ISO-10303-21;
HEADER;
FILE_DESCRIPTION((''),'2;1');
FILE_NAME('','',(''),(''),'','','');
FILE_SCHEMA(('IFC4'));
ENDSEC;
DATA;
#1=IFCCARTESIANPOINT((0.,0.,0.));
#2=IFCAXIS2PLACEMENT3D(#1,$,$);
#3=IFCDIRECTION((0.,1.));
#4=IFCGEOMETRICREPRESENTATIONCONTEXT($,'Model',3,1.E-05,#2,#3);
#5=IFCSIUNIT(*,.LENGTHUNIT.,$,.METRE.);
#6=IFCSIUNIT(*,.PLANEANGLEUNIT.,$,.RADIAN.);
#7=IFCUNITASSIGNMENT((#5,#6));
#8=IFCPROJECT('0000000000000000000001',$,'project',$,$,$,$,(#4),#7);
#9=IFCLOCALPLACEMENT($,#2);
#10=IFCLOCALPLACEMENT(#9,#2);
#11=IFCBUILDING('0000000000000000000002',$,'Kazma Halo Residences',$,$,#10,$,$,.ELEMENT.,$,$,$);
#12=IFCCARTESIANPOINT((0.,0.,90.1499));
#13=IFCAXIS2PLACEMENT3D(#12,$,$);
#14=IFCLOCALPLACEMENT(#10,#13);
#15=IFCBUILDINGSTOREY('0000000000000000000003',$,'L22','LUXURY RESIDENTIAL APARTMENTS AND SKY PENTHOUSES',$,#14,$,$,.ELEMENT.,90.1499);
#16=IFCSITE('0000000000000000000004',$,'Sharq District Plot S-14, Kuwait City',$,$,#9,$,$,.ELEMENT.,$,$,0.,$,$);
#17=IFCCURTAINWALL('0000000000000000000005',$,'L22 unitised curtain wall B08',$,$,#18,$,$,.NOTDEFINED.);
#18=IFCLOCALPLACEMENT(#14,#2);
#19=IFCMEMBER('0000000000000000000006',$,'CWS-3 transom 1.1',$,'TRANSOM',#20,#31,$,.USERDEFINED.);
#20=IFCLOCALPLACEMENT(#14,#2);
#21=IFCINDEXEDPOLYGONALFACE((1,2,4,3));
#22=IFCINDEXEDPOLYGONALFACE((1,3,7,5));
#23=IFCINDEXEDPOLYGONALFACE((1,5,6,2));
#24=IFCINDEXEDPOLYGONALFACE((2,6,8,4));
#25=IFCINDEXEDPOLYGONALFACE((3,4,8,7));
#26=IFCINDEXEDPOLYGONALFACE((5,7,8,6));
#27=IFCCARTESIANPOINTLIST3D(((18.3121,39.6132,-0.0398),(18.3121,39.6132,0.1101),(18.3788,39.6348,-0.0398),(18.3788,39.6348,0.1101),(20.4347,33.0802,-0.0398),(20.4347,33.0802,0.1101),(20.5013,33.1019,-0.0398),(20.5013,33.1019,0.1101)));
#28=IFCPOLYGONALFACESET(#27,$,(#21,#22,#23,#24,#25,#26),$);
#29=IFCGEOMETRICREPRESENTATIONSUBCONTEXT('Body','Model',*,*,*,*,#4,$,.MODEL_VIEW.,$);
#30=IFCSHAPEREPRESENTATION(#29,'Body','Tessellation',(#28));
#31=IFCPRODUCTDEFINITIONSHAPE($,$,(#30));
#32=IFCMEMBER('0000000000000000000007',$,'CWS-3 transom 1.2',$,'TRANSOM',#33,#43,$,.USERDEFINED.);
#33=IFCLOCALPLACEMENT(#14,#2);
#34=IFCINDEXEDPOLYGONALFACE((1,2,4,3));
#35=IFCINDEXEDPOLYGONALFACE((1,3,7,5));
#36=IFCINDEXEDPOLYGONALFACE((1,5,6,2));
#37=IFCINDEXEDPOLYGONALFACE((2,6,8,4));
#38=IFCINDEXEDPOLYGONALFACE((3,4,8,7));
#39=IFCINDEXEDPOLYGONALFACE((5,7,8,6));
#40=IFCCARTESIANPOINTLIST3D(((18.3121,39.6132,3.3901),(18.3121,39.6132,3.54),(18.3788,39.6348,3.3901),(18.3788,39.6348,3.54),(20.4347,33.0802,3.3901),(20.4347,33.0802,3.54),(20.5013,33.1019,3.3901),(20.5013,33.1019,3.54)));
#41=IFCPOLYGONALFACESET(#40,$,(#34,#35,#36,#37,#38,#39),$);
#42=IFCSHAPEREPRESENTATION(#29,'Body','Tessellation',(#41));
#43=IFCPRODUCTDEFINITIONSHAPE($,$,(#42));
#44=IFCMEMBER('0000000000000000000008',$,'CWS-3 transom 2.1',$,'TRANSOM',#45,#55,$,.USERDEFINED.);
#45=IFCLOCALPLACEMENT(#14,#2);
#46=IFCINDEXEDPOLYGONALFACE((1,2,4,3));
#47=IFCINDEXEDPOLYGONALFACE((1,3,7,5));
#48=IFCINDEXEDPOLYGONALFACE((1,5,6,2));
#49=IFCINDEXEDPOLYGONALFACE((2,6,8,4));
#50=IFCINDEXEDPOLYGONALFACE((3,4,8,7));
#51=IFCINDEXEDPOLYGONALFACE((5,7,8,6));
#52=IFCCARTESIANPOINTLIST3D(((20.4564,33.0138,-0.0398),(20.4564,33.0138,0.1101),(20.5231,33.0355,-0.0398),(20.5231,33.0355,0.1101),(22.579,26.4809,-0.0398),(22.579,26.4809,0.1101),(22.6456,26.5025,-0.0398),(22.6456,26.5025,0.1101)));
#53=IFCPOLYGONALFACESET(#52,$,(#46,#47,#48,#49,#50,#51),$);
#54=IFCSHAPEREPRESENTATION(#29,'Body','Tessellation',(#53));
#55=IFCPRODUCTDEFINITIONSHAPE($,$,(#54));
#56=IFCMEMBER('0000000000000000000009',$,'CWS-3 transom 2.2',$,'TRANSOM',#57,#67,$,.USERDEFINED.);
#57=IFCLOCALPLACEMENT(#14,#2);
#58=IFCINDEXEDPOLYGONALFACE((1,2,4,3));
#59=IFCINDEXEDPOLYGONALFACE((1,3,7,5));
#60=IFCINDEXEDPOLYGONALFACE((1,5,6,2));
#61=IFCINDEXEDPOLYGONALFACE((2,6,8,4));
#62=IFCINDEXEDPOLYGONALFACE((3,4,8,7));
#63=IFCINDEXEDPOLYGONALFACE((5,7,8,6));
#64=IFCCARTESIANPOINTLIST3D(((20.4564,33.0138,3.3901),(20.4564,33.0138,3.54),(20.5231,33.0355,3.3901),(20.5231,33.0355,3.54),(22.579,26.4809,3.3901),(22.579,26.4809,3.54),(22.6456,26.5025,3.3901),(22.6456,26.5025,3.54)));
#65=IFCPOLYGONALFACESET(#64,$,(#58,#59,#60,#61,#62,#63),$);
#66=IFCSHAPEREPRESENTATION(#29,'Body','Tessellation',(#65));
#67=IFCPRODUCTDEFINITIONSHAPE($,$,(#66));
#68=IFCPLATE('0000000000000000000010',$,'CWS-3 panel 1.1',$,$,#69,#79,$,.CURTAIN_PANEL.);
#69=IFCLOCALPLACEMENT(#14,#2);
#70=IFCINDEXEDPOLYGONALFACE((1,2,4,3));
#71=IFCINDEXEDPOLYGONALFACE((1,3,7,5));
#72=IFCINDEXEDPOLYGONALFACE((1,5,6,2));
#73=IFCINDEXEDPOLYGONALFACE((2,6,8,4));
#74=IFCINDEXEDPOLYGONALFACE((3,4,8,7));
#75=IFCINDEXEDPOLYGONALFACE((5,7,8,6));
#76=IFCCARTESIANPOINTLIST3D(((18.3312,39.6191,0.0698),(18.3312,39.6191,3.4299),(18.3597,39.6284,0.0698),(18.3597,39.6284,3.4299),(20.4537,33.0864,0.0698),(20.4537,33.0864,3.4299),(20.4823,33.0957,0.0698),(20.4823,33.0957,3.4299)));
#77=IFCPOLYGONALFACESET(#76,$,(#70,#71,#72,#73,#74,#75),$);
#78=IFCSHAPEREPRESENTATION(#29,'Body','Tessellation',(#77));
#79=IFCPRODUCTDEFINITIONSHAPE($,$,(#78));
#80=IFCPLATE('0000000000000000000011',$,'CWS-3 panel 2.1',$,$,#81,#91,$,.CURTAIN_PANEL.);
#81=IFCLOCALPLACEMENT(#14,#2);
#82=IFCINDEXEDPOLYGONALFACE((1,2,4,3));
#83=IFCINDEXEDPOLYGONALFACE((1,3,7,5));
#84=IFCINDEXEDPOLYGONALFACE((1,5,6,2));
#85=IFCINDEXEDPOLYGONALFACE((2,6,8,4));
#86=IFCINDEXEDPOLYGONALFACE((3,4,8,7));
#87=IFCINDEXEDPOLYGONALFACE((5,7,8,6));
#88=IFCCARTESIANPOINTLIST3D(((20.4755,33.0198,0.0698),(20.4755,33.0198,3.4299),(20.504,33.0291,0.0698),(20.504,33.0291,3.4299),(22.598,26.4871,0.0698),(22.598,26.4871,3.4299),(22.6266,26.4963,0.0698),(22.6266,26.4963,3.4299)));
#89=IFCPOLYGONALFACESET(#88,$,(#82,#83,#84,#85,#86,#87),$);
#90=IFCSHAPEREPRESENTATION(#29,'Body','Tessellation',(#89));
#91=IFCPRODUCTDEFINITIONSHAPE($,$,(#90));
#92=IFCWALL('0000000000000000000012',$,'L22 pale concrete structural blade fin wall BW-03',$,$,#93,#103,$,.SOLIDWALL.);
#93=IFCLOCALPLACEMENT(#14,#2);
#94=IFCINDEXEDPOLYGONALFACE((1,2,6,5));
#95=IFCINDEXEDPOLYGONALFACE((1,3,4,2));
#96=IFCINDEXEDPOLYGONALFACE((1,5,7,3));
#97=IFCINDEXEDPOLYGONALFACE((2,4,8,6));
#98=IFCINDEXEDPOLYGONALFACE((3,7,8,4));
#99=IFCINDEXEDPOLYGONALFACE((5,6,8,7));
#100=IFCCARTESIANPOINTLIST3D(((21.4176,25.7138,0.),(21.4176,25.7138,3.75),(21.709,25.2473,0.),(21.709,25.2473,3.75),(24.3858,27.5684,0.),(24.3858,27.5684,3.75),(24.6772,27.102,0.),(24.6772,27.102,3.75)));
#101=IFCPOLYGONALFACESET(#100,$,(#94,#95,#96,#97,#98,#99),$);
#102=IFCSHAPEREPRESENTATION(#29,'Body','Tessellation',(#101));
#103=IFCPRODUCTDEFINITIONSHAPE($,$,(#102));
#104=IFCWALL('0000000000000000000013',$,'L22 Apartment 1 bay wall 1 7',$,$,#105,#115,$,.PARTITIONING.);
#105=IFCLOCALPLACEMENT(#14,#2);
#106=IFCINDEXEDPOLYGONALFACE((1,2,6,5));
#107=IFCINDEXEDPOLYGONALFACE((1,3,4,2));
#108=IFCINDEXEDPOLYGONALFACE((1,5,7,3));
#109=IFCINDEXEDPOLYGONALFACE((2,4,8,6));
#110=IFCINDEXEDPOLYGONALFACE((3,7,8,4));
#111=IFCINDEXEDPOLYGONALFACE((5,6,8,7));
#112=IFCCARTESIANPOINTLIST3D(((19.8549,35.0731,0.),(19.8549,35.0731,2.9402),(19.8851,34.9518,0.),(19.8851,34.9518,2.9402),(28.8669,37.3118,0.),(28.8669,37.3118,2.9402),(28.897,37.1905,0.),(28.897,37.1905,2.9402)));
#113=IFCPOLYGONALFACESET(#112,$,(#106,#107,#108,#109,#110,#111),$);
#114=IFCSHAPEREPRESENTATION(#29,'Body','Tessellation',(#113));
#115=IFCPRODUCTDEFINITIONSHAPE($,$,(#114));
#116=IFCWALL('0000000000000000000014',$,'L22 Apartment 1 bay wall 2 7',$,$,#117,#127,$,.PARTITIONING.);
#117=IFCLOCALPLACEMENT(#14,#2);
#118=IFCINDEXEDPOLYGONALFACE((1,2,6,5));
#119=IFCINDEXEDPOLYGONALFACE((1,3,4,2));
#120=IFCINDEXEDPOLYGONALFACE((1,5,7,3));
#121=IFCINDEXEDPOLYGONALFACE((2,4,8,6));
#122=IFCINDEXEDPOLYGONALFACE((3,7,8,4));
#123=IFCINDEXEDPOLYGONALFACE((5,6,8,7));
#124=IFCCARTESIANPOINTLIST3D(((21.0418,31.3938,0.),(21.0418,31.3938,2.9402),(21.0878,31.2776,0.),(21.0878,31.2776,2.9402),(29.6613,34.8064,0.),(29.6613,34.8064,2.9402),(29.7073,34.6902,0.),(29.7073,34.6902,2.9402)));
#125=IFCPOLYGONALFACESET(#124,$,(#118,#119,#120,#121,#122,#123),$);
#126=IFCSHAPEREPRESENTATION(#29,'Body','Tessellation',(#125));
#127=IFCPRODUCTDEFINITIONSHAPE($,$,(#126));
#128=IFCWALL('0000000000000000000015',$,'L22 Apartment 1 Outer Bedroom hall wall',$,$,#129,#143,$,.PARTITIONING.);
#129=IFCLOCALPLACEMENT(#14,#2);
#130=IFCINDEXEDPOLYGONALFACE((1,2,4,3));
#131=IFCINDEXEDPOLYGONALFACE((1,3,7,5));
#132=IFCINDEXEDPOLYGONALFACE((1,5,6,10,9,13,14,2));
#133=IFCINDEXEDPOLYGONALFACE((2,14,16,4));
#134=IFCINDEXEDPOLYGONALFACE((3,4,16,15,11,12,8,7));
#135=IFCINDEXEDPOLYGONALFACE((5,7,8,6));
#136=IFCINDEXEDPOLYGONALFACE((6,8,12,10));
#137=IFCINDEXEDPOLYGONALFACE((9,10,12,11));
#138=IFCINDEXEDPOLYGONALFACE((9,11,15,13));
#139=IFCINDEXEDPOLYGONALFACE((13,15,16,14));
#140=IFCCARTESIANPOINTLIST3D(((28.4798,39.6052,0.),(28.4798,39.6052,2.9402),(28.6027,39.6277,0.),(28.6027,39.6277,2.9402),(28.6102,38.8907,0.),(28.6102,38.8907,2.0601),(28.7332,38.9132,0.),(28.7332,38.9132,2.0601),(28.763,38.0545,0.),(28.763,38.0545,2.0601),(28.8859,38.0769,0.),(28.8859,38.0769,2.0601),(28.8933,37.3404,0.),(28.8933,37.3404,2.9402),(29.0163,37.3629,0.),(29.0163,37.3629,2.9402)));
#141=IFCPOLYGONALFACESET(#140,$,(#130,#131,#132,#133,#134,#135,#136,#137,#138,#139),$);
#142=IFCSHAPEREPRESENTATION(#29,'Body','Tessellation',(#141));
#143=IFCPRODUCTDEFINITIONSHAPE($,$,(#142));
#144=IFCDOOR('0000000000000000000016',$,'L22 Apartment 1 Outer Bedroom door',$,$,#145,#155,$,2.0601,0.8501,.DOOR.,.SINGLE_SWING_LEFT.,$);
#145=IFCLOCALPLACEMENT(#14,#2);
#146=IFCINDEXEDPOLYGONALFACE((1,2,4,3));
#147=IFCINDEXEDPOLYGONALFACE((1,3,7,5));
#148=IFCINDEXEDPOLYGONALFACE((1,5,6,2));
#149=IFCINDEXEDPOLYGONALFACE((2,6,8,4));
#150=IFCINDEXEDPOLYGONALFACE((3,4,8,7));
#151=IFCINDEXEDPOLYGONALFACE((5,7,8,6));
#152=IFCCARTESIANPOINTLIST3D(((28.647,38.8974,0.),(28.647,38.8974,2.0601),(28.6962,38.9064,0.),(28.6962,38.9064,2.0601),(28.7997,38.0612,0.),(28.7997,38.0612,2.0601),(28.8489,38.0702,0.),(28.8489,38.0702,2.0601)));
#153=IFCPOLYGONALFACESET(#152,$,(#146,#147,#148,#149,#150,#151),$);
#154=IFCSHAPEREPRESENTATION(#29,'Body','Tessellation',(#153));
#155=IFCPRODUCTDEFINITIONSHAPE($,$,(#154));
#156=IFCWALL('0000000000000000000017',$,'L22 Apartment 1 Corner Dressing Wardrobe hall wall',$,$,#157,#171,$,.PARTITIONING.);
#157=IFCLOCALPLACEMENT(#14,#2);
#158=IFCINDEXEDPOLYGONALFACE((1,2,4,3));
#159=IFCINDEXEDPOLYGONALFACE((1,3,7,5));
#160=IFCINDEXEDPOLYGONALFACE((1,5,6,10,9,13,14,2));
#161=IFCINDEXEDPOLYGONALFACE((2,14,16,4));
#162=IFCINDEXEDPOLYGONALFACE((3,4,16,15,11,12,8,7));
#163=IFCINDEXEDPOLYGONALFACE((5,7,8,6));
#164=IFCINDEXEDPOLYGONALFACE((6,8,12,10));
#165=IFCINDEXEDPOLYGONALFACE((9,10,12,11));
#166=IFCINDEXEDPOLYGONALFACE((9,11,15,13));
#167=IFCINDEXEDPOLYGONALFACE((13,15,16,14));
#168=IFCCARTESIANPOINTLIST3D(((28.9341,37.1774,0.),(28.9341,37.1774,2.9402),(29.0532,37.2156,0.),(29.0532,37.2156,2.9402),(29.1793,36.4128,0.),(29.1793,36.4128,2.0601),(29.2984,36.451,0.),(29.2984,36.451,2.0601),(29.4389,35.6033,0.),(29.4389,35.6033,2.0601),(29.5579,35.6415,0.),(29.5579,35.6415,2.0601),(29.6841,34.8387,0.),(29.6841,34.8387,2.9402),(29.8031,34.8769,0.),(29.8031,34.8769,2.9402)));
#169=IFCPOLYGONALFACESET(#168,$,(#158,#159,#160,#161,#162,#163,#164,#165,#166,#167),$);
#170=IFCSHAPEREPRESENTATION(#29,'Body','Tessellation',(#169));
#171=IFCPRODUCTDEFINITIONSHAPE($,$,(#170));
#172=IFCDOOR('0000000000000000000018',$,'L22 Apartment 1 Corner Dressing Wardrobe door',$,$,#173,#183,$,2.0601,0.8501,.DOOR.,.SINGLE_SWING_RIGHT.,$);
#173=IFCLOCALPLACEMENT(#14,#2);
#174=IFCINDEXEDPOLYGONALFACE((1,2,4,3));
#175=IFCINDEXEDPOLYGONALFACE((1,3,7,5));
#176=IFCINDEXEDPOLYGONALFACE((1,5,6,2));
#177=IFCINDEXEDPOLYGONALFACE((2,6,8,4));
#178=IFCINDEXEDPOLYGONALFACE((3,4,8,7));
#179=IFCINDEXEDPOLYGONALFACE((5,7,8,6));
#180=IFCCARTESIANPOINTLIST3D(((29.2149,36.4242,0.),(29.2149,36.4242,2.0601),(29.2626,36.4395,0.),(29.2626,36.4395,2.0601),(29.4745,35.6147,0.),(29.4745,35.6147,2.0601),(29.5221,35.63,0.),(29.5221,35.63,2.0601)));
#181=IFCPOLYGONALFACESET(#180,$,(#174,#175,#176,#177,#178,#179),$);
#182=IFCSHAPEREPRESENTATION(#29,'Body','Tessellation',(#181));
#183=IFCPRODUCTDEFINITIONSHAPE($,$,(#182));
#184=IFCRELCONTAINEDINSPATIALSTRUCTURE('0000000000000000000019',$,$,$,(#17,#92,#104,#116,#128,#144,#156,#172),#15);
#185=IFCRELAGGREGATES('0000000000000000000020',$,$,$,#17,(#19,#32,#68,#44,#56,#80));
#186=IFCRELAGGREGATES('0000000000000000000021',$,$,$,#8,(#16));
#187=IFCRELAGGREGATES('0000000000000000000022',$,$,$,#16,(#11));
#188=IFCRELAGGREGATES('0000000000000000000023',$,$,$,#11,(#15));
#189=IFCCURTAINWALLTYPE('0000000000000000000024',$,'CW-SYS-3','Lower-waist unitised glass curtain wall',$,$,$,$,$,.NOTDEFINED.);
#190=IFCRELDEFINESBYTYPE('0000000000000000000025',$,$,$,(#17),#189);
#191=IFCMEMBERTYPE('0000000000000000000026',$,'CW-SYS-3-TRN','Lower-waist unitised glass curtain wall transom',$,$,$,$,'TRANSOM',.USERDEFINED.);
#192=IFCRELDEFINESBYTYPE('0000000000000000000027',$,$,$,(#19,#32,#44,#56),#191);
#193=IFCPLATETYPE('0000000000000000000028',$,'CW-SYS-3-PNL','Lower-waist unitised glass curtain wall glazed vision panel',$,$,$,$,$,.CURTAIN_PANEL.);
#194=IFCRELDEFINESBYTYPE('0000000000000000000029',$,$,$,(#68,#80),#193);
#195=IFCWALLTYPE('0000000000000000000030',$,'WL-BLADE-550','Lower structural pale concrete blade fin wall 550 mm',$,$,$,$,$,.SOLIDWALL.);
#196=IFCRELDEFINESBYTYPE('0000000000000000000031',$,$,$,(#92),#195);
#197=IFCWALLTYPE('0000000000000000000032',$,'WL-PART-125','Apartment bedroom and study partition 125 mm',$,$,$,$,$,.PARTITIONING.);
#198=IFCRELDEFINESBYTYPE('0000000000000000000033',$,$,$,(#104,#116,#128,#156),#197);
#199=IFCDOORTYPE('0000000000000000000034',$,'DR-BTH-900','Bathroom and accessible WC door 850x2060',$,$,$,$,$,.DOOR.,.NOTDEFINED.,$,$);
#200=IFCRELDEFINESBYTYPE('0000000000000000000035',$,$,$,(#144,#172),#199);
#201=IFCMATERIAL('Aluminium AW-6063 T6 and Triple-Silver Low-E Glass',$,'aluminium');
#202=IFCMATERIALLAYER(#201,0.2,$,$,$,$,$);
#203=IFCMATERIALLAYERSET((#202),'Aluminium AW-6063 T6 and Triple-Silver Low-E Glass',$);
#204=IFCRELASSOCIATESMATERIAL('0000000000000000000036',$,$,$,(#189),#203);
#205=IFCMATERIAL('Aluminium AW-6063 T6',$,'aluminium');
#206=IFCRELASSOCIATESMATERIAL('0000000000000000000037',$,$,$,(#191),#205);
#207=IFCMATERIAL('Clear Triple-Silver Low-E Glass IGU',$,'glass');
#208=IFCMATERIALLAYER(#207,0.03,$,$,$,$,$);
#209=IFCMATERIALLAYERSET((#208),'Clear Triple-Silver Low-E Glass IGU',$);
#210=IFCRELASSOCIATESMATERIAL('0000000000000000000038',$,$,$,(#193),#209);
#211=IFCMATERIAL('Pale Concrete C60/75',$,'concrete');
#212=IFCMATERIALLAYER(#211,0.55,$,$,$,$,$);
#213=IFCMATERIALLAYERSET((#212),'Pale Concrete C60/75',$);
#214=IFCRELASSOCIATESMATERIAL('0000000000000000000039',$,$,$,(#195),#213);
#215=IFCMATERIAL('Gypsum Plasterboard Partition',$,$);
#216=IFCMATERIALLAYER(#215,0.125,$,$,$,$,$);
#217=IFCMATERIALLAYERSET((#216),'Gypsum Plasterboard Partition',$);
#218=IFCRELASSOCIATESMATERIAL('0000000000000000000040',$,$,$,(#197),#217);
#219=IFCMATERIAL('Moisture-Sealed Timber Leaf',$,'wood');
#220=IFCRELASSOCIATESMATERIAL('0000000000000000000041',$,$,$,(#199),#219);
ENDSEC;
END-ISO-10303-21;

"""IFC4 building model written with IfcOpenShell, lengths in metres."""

from ifc_helpers import new_model, si_unit, direction, frame, frame_2d, origin, origin_2d, place, context, subcontext, project, spatial, rectangle, extrude, material, layer, layer_set, material_profile, profile_set, type_object, element, fill, aggregate, save


model = new_model("IFC4")

# Units and contexts
model_context = context("Model", 3, precision=1e-05, world=origin(), true_north=direction((0.0, 1.0)))
body_context = subcontext(model_context, "Body", "Model", "MODEL_VIEW")
ifc_project = project(units=[si_unit("LENGTHUNIT", "METRE"), si_unit("PLANEANGLEUNIT", "RADIAN")], contexts=[model_context])

# Site, building, storey
site_placement = place(None, origin())
site = spatial("IfcSite", under=ifc_project, at=site_placement, Name="Sharq District Plot S-14, Kuwait City", CompositionType="ELEMENT", RefElevation=0.0)
building_placement = place(site_placement, origin())
building = spatial("IfcBuilding", under=site, at=building_placement, Name="Kazma Halo Residences", CompositionType="ELEMENT")
storey_placement = place(building_placement, frame((0.0, 0.0, 90.1499)))
storey = spatial("IfcBuildingStorey", under=building, at=storey_placement, Name="L22", Description="LUXURY RESIDENTIAL APARTMENTS AND SKY PENTHOUSES", CompositionType="ELEMENT", Elevation=90.1499)

# Curtain wall
ifc_material_1 = material(Name="Aluminium AW-6063 T6 and Triple-Silver Low-E Glass", Category="aluminium")
ifc_layer_1 = layer(ifc_material_1, 0.2)
ifc_layer_set_1 = layer_set([ifc_layer_1], Name="Aluminium AW-6063 T6 and Triple-Silver Low-E Glass")
curtain_wall_type = type_object("IfcCurtainWallType", Name="CW-SYS-3", Description="Lower-waist unitised glass curtain wall", PredefinedType="NOTDEFINED", material=ifc_layer_set_1)
curtain_wall_1_placement = place(storey_placement, origin())
curtain_wall_1 = element("IfcCurtainWall", 1, at=curtain_wall_1_placement, inside=storey, type_object=curtain_wall_type, Name="L22 unitised curtain wall B08", PredefinedType="NOTDEFINED")
ifc_material_2 = material(Name="Aluminium AW-6063 T6", Category="aluminium")

# Members
ifc_material_profile_1 = material_profile(ifc_material_2, rectangle(XDim=0.0701, YDim=0.1499, at=origin_2d()), Name="CWT-70x150")
ifc_profile_set_1 = profile_set([ifc_material_profile_1], Name="Aluminium AW-6063 T6")
member_type_1 = type_object("IfcMemberType", Name="CW-SYS-3-TRN", Description="Lower-waist unitised glass curtain wall transom", ElementType="TRANSOM", PredefinedType="USERDEFINED", material=ifc_profile_set_1)
member_1_placement = place(storey_placement, frame((18.3455, 39.624, 0.0352), z_axis=(0.309, -0.951062, 0.0), x_axis=(0.951062, 0.309, 0.0)))
member_1 = element("IfcMember", 2, at=member_1_placement, type_object=member_type_1, Name="CWS-3 transom 1.1", ObjectType="TRANSOM", PredefinedType="USERDEFINED", context=body_context, shape_type="SweptSolid", body=[
    extrude(rectangle(XDim=0.0701, YDim=0.1499, at=origin_2d()), origin(), (0.0, 0.0, 1.0), 6.8691),
])
member_2_placement = place(storey_placement, frame((18.3455, 39.624, 3.4651), z_axis=(0.309, -0.951062, 0.0), x_axis=(0.951062, 0.309, 0.0)))
member_2 = element("IfcMember", 3, at=member_2_placement, type_object=member_type_1, Name="CWS-3 transom 1.2", ObjectType="TRANSOM", PredefinedType="USERDEFINED", context=body_context, shape_type="SweptSolid", body=[
    extrude(rectangle(XDim=0.0701, YDim=0.1499, at=origin_2d()), origin(), (0.0, 0.0, 1.0), 6.8691),
])
member_3_placement = place(storey_placement, frame((20.4897, 33.0247, 0.0352), z_axis=(0.309, -0.951062, 0.0), x_axis=(0.951062, 0.309, 0.0)))
member_3 = element("IfcMember", 4, at=member_3_placement, type_object=member_type_1, Name="CWS-3 transom 2.1", ObjectType="TRANSOM", PredefinedType="USERDEFINED", context=body_context, shape_type="SweptSolid", body=[
    extrude(rectangle(XDim=0.0701, YDim=0.1499, at=origin_2d()), origin(), (0.0, 0.0, 1.0), 6.8691),
])
member_4_placement = place(storey_placement, frame((20.4897, 33.0247, 3.4651), z_axis=(0.309, -0.951062, 0.0), x_axis=(0.951062, 0.309, 0.0)))
member_4 = element("IfcMember", 5, at=member_4_placement, type_object=member_type_1, Name="CWS-3 transom 2.2", ObjectType="TRANSOM", PredefinedType="USERDEFINED", context=body_context, shape_type="SweptSolid", body=[
    extrude(rectangle(XDim=0.0701, YDim=0.1499, at=origin_2d()), origin(), (0.0, 0.0, 1.0), 6.8691),
])

# Plates
ifc_material_3 = material(Name="Clear Triple-Silver Low-E Glass IGU", Category="glass")
ifc_layer_2 = layer(ifc_material_3, 0.03)
ifc_layer_set_2 = layer_set([ifc_layer_2], Name="Clear Triple-Silver Low-E Glass IGU")
plate_type = type_object("IfcPlateType", Name="CW-SYS-3-PNL", Description="Lower-waist unitised glass curtain wall glazed vision panel", PredefinedType="CURTAIN_PANEL", material=ifc_layer_set_2)
plate_1_placement = place(storey_placement, frame((19.4067, 36.3574, 0.0698), z_axis=(0.0, 0.0, 1.0), x_axis=(0.309013, -0.951058, 0.0)))
plate_1 = element("IfcPlate", 6, at=plate_1_placement, type_object=plate_type, Name="CWS-3 panel 1.1", PredefinedType="CURTAIN_PANEL", context=body_context, shape_type="SweptSolid", body=[
    extrude(rectangle(XDim=6.8689, YDim=0.03, at=origin_2d()), origin(), (0.0, 0.0, 1.0), 3.3601),
])
plate_2_placement = place(storey_placement, frame((21.551, 29.7581, 0.0698), z_axis=(0.0, 0.0, 1.0), x_axis=(0.309013, -0.951058, 0.0)))
plate_2 = element("IfcPlate", 7, at=plate_2_placement, type_object=plate_type, Name="CWS-3 panel 2.1", PredefinedType="CURTAIN_PANEL", context=body_context, shape_type="SweptSolid", body=[
    extrude(rectangle(XDim=6.8689, YDim=0.03, at=origin_2d()), origin(), (0.0, 0.0, 1.0), 3.3601),
])
aggregate(curtain_wall_1, [member_1, member_2, plate_1, member_3, member_4, plate_2])

# Walls
ifc_material_4 = material(Name="Pale Concrete C60/75", Category="concrete")
ifc_layer_3 = layer(ifc_material_4, 0.55)
ifc_layer_set_3 = layer_set([ifc_layer_3], Name="Pale Concrete C60/75")
wall_type_1 = type_object("IfcWallType", Name="WL-BLADE-550", Description="Lower structural pale concrete blade fin wall 550 mm", PredefinedType="SOLIDWALL", material=ifc_layer_set_3)
wall_1_placement = place(storey_placement, frame((24.5315, 27.3352, 0.0), z_axis=(0.0, 0.0, 1.0), x_axis=(-0.848053, -0.529911, 0.0)))
element("IfcWall", 8, at=wall_1_placement, inside=storey, type_object=wall_type_1, Name="L22 pale concrete structural blade fin wall BW-03", PredefinedType="SOLIDWALL", context=body_context, shape_type="SweptSolid", body=[
    extrude(rectangle(XDim=3.5, YDim=0.55, at=frame_2d((1.75, 0.0))), origin(), (0.0, 0.0, 1.0), 3.75),
])
ifc_material_5 = material(Name="Gypsum Plasterboard Partition")
ifc_layer_4 = layer(ifc_material_5, 0.125)
ifc_layer_set_4 = layer_set([ifc_layer_4], Name="Gypsum Plasterboard Partition")
wall_type_2 = type_object("IfcWallType", Name="WL-PART-125", Description="Apartment bedroom and study partition 125 mm", PredefinedType="PARTITIONING", material=ifc_layer_set_4)
wall_2_placement = place(storey_placement, frame((28.8821, 37.2512, 0.0), z_axis=(0.0, 0.0, 1.0), x_axis=(-0.970502, -0.241094, 0.0)))
element("IfcWall", 9, at=wall_2_placement, inside=storey, type_object=wall_type_2, Name="L22 Apartment 1 bay wall 1 7", PredefinedType="PARTITIONING", context=body_context, shape_type="SweptSolid", body=[
    extrude(rectangle(XDim=9.2859, YDim=0.125, at=frame_2d((4.6431, 0.0))), origin(), (0.0, 0.0, 1.0), 2.9402),
])
wall_3_placement = place(storey_placement, frame((29.6843, 34.7483, 0.0), z_axis=(0.0, 0.0, 1.0), x_axis=(-0.929782, -0.36811, 0.0)))
element("IfcWall", 10, at=wall_3_placement, inside=storey, type_object=wall_type_2, Name="L22 Apartment 1 bay wall 2 7", PredefinedType="PARTITIONING", context=body_context, shape_type="SweptSolid", body=[
    extrude(rectangle(XDim=9.2705, YDim=0.125, at=frame_2d((4.6353, 0.0))), origin(), (0.0, 0.0, 1.0), 2.9402),
])

# Walls, openings, doors
wall_4_placement = place(storey_placement, frame((28.5413, 39.6165, 0.0), z_axis=(0.0, 0.0, 1.0), x_axis=(0.179632, -0.983734, 0.0)))
wall_4 = element("IfcWall", 11, at=wall_4_placement, inside=storey, type_object=wall_type_2, Name="L22 Apartment 1 Outer Bedroom hall wall", PredefinedType="PARTITIONING", context=body_context, shape_type="SweptSolid", body=[
    extrude(rectangle(XDim=2.3022, YDim=0.125, at=frame_2d((1.1511, 0.0))), origin(), (0.0, 0.0, 1.0), 2.9402),
])
opening_1_placement = place(wall_4_placement, frame((0.7263, 0.0, 0.0)))
opening_1 = element("IfcOpeningElement", 12, at=opening_1_placement, cuts=wall_4, PredefinedType="OPENING", context=body_context, shape_type="SweptSolid", body=[
    extrude(rectangle(XDim=0.8501, YDim=2.0601, at=frame_2d((0.425, 1.03))), frame((0.0, 0.0725, 0.0), z_axis=(0.0, -1.0, 0.0), x_axis=(1.0, 0.0, 0.0)), (0.0, 0.0, 1.0), 0.145),
])
ifc_material_6 = material(Name="Moisture-Sealed Timber Leaf", Category="wood")
door_type = type_object("IfcDoorType", Name="DR-BTH-900", Description="Bathroom and accessible WC door 850x2060", OperationType="NOTDEFINED", PredefinedType="DOOR", material=ifc_material_6)
door_1_placement = place(opening_1_placement, origin())
door_1 = element("IfcDoor", 13, at=door_1_placement, inside=storey, type_object=door_type, Name="L22 Apartment 1 Outer Bedroom door", OperationType="SINGLE_SWING_LEFT", OverallHeight=2.0601, OverallWidth=0.8501, PredefinedType="DOOR", context=body_context, shape_type="SweptSolid", body=[
    extrude(rectangle(XDim=0.8501, YDim=2.0601, at=frame_2d((0.425, 1.03))), frame((0.0, 0.0249, 0.0), z_axis=(0.0, -1.0, 0.0), x_axis=(1.0, 0.0, 0.0)), (0.0, 0.0, 1.0), 0.05),
])
fill(opening_1, door_1)
wall_5_placement = place(storey_placement, frame((28.9937, 37.1965, 0.0), z_axis=(0.0, 0.0, 1.0), x_axis=(0.305353, -0.952239, 0.0)))
wall_5 = element("IfcWall", 14, at=wall_5_placement, inside=storey, type_object=wall_type_2, Name="L22 Apartment 1 Corner Dressing Wardrobe hall wall", PredefinedType="PARTITIONING", context=body_context, shape_type="SweptSolid", body=[
    extrude(rectangle(XDim=2.4561, YDim=0.125, at=frame_2d((1.228, 0.0))), origin(), (0.0, 0.0, 1.0), 2.9402),
])
opening_2_placement = place(wall_5_placement, frame((0.803, 0.0, 0.0)))
opening_2 = element("IfcOpeningElement", 15, at=opening_2_placement, cuts=wall_5, PredefinedType="OPENING", context=body_context, shape_type="SweptSolid", body=[
    extrude(rectangle(XDim=0.8501, YDim=2.0601, at=frame_2d((0.425, 1.03))), frame((0.0, 0.0725, 0.0), z_axis=(0.0, -1.0, 0.0), x_axis=(1.0, 0.0, 0.0)), (0.0, 0.0, 1.0), 0.145),
])
door_2_placement = place(opening_2_placement, origin())
door_2 = element("IfcDoor", 16, at=door_2_placement, inside=storey, type_object=door_type, Name="L22 Apartment 1 Corner Dressing Wardrobe door", OperationType="SINGLE_SWING_RIGHT", OverallHeight=2.0601, OverallWidth=0.8501, PredefinedType="DOOR", context=body_context, shape_type="SweptSolid", body=[
    extrude(rectangle(XDim=0.8501, YDim=2.0601, at=frame_2d((0.425, 1.03))), frame((0.0, 0.0249, 0.0), z_axis=(0.0, -1.0, 0.0), x_axis=(1.0, 0.0, 0.0)), (0.0, 0.0, 1.0), 0.05),
])
fill(opening_2, door_2)

save(model, "model.ifc")
